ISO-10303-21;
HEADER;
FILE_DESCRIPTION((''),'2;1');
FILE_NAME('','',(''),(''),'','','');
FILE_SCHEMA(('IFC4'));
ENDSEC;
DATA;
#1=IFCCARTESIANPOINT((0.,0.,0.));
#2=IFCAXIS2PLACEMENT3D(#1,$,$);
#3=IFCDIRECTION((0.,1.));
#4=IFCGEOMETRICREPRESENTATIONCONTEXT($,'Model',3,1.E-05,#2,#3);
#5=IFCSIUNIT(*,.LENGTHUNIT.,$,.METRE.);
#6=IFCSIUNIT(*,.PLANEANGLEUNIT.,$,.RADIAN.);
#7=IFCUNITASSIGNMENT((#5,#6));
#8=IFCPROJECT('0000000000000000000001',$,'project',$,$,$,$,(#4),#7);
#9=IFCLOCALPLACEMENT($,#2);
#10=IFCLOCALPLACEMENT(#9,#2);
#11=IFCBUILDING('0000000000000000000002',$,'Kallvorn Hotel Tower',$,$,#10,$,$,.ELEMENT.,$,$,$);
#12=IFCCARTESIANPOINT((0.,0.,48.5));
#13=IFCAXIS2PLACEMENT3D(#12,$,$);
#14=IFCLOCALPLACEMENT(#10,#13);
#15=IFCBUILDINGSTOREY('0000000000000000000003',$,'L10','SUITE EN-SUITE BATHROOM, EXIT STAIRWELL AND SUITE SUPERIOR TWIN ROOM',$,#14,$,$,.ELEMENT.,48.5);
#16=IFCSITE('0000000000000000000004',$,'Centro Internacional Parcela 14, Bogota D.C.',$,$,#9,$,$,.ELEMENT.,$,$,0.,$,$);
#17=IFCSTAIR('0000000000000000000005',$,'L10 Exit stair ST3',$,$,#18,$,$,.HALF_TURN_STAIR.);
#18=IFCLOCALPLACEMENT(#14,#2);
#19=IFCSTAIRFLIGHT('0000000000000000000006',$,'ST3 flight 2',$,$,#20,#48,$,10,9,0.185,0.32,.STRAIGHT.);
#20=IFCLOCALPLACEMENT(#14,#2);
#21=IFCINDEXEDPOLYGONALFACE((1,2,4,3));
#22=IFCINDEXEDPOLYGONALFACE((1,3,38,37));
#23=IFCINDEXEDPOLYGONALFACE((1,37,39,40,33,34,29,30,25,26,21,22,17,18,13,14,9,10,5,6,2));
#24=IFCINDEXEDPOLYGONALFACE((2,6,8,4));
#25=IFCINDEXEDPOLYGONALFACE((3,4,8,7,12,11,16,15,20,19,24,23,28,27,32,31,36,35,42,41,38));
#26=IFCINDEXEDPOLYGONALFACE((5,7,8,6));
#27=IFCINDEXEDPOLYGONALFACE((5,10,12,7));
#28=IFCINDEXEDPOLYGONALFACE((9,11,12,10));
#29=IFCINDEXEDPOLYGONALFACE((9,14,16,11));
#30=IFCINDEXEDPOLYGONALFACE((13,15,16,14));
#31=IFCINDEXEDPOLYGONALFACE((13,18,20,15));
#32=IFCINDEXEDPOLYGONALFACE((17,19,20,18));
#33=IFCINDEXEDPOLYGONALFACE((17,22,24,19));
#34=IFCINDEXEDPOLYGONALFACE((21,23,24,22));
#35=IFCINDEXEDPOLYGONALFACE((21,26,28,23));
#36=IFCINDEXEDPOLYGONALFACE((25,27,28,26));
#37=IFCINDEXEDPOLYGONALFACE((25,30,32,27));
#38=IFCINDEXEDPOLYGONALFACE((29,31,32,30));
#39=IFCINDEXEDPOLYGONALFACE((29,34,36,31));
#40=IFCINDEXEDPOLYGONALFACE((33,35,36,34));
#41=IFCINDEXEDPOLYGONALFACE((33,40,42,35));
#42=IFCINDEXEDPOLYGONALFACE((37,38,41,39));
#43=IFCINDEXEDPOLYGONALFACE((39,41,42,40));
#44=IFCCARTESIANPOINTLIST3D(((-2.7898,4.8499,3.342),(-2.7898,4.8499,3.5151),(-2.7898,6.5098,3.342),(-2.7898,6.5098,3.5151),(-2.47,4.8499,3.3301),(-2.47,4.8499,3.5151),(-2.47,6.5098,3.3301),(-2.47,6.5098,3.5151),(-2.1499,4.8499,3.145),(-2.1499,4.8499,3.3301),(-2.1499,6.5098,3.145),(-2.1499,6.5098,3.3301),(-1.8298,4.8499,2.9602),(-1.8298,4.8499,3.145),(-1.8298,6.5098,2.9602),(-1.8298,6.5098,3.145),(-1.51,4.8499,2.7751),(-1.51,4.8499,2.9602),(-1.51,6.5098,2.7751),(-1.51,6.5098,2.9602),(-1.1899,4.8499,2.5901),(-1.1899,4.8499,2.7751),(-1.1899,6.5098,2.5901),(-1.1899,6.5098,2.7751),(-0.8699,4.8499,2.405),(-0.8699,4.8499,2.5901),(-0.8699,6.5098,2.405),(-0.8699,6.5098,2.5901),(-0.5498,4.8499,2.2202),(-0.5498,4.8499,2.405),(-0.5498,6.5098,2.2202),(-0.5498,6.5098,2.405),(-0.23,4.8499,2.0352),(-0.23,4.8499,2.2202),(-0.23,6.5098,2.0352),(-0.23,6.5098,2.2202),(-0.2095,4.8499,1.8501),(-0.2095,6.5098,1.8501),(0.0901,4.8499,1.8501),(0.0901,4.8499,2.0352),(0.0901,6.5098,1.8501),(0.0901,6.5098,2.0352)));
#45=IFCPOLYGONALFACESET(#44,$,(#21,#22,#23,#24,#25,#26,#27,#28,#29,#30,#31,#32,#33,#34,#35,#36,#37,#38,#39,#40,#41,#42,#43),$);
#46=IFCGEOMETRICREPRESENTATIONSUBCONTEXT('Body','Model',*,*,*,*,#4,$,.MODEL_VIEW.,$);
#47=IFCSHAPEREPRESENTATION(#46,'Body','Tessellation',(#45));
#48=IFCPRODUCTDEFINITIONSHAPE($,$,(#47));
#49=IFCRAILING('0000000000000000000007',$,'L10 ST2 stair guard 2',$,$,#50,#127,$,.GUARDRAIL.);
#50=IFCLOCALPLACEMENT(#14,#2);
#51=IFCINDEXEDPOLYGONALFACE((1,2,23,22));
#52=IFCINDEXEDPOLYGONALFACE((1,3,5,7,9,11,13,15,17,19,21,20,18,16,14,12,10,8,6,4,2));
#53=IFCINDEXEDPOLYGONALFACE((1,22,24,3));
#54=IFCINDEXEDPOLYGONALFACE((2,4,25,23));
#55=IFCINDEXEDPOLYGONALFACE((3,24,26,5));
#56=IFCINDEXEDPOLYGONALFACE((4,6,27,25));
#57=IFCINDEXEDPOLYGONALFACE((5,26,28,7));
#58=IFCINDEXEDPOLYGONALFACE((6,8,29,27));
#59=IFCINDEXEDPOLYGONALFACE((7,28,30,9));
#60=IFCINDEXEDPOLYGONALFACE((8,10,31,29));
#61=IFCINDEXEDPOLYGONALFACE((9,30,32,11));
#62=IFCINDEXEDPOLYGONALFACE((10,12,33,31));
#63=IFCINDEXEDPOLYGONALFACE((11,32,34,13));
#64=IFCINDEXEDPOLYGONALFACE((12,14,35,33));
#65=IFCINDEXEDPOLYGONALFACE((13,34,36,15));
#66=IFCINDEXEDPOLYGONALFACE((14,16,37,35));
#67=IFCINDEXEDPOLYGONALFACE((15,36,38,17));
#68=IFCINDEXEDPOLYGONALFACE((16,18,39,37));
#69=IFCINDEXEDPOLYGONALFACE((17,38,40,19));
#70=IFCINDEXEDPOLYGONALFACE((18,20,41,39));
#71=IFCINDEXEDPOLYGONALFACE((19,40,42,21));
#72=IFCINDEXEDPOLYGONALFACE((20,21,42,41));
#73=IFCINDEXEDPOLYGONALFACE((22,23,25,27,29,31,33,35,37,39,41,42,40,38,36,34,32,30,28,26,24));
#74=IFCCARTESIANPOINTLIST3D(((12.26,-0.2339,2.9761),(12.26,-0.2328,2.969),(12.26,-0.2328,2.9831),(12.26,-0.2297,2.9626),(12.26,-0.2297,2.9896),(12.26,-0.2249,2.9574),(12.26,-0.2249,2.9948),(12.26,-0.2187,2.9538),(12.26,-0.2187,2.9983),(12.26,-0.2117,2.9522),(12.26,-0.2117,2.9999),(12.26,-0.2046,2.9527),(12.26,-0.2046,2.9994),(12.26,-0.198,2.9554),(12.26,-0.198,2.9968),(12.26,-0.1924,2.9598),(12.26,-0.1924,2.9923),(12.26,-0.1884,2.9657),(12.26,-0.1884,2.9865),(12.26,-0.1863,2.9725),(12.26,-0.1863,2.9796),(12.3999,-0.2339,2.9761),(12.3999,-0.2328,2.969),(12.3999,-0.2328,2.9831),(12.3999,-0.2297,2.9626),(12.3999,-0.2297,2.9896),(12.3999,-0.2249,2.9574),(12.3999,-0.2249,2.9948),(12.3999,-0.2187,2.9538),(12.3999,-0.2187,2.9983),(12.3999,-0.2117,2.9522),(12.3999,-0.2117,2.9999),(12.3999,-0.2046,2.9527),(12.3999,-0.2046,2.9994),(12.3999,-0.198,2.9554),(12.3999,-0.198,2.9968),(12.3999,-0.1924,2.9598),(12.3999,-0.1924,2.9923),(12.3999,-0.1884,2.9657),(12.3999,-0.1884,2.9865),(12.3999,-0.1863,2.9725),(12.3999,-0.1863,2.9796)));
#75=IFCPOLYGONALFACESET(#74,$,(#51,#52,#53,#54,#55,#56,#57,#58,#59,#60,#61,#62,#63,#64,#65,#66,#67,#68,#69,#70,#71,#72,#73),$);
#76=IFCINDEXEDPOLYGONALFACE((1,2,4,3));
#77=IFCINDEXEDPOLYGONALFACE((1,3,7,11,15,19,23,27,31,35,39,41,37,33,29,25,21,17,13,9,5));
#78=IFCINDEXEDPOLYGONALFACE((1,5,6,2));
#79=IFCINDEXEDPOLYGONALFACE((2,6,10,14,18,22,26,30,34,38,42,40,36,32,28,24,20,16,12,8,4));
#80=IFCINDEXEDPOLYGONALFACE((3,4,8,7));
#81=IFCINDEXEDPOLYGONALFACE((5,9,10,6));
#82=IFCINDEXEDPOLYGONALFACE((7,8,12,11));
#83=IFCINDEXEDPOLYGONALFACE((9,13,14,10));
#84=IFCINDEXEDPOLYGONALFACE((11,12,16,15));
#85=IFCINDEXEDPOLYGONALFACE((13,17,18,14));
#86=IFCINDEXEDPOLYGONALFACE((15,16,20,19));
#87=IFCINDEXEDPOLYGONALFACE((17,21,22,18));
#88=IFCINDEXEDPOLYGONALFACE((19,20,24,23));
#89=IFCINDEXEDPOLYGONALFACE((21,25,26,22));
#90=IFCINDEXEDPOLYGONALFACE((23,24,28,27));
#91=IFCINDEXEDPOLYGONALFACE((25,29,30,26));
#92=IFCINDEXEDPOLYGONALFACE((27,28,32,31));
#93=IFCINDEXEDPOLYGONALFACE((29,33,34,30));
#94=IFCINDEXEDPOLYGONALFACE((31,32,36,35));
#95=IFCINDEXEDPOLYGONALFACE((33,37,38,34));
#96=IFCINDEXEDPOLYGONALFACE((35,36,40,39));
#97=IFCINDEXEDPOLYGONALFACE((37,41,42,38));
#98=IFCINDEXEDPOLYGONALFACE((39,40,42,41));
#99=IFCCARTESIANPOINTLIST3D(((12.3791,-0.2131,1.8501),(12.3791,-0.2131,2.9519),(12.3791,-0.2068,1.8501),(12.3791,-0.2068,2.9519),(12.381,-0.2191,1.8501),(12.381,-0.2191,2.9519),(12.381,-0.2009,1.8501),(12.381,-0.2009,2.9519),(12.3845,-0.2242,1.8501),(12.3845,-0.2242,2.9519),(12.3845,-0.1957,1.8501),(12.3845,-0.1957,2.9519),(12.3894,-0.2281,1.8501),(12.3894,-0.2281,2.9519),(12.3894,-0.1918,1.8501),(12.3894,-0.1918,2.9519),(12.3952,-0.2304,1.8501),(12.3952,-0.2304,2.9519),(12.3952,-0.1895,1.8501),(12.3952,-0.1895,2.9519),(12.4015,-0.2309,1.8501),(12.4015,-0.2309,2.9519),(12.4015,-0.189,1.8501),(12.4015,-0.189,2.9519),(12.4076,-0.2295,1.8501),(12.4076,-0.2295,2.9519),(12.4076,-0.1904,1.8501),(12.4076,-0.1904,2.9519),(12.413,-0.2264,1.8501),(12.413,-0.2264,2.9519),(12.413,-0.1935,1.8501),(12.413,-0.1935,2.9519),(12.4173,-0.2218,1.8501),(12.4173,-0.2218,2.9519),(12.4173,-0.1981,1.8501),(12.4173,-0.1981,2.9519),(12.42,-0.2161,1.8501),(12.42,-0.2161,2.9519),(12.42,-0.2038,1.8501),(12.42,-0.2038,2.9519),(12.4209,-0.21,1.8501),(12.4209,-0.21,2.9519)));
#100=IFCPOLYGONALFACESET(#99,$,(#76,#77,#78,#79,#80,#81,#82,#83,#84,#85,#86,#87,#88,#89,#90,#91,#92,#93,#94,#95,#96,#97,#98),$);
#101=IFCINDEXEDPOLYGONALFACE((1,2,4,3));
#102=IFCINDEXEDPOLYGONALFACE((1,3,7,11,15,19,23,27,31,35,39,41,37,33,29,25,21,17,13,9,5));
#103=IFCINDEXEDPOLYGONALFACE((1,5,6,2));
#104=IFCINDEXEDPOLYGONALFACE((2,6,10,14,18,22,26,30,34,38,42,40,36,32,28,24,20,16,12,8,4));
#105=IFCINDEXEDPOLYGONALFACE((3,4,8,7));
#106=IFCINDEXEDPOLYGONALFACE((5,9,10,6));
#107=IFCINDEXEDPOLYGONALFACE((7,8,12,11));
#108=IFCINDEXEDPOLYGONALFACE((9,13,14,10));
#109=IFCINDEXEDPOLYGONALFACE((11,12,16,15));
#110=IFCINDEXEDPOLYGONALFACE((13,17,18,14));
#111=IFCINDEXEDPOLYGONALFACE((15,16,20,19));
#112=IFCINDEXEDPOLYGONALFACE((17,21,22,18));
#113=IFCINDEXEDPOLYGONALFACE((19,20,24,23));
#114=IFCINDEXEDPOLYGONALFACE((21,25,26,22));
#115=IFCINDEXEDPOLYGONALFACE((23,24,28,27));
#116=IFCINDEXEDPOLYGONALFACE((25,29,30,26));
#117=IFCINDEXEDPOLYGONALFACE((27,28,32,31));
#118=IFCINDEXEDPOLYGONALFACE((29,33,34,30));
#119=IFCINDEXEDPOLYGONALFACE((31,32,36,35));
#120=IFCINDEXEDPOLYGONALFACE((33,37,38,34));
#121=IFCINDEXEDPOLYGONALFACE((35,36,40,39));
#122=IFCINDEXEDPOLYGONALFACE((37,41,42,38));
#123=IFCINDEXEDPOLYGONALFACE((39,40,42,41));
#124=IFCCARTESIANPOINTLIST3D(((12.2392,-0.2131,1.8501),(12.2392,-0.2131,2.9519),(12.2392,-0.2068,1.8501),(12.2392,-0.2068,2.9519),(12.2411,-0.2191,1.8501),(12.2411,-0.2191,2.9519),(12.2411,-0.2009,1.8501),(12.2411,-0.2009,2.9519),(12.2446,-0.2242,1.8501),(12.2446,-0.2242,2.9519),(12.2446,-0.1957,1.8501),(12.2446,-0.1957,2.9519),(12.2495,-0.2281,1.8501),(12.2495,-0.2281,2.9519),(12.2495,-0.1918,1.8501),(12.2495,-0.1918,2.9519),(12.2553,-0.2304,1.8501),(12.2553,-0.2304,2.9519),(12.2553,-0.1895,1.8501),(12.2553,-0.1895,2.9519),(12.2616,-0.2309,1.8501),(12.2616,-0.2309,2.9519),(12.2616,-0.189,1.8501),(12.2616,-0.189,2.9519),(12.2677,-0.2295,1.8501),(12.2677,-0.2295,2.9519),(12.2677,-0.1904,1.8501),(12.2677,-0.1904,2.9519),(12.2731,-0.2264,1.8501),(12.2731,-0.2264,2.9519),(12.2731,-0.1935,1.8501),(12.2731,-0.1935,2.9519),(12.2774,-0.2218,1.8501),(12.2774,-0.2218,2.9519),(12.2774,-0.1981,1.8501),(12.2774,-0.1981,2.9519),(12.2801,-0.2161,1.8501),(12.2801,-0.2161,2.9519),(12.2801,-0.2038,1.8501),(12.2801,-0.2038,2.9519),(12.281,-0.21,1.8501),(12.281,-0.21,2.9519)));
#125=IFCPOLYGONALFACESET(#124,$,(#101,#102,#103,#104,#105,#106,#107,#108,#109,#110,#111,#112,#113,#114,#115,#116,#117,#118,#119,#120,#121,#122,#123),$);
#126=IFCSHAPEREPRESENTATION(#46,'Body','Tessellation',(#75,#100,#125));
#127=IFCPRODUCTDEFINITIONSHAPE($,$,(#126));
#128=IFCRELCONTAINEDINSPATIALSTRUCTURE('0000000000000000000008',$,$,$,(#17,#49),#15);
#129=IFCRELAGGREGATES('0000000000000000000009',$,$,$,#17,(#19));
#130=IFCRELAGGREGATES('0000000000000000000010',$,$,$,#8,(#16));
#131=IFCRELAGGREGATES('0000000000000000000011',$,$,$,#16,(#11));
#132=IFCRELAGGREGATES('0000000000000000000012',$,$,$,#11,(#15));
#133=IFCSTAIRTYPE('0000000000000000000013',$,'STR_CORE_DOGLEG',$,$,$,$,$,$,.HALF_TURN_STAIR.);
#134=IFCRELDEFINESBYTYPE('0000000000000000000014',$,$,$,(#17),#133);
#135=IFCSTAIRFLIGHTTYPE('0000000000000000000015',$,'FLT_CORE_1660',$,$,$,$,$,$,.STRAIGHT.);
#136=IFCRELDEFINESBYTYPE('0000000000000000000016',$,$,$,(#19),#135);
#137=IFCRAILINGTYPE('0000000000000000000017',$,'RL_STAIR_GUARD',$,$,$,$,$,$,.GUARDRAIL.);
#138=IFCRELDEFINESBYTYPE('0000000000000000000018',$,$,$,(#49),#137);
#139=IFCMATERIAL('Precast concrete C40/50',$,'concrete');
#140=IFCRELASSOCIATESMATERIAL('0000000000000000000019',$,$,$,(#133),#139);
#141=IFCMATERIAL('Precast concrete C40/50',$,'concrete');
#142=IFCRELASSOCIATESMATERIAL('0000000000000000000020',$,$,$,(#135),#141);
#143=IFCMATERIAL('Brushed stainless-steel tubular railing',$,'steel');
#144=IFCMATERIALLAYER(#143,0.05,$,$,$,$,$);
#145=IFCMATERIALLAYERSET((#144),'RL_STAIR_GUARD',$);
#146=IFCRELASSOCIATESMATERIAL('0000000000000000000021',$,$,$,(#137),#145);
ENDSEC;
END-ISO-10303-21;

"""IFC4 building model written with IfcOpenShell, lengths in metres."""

from ifc_helpers import new_model, si_unit, direction, frame, origin, origin_2d, place, context, subcontext, project, spatial, polyline, circle, outline, extrude, material, layer, layer_set, type_object, element, aggregate, save


model = new_model("IFC4")

# Units and contexts
model_context = context("Model", 3, precision=1e-05, world=origin(), true_north=direction((0.0, 1.0)))
body_context = subcontext(model_context, "Body", "Model", "MODEL_VIEW")
ifc_project = project(units=[si_unit("LENGTHUNIT", "METRE"), si_unit("PLANEANGLEUNIT", "RADIAN")], contexts=[model_context])

# Site, building, storey
site_placement = place(None, origin())
site = spatial("IfcSite", under=ifc_project, at=site_placement, Name="Centro Internacional Parcela 14, Bogota D.C.", CompositionType="ELEMENT", RefElevation=0.0)
building_placement = place(site_placement, origin())
building = spatial("IfcBuilding", under=site, at=building_placement, Name="Kallvorn Hotel Tower", CompositionType="ELEMENT")
storey_placement = place(building_placement, frame((0.0, 0.0, 48.5)))
storey = spatial("IfcBuildingStorey", under=building, at=storey_placement, Name="L10", Description="SUITE EN-SUITE BATHROOM, EXIT STAIRWELL AND SUITE SUPERIOR TWIN ROOM", CompositionType="ELEMENT", Elevation=48.5)

# Stair
ifc_material_1 = material(Name="Precast concrete C40/50", Category="concrete")
stair_type = type_object("IfcStairType", Name="STR_CORE_DOGLEG", PredefinedType="HALF_TURN_STAIR", material=ifc_material_1)
stair_1_placement = place(storey_placement, origin())
stair_1 = element("IfcStair", 1, at=stair_1_placement, inside=storey, type_object=stair_type, Name="L10 Exit stair ST3", PredefinedType="HALF_TURN_STAIR")

# Stair flight
ifc_material_2 = material(Name="Precast concrete C40/50", Category="concrete")
stair_flight_type = type_object("IfcStairFlightType", Name="FLT_CORE_1660", PredefinedType="STRAIGHT", material=ifc_material_2)
stair_flight_1_placement = place(storey_placement, frame((0.0901, 5.6799, 1.8501), z_axis=(0.0, 0.0, 1.0), x_axis=(-1.0, 0.0, 0.0)))
stair_flight_1 = element("IfcStairFlight", 2, at=stair_flight_1_placement, type_object=stair_flight_type, Name="ST3 flight 2", NumberOfRisers=10, NumberOfTreads=9, PredefinedType="STRAIGHT", RiserHeight=0.185, TreadLength=0.32, context=body_context, shape_type="SweptSolid", body=[
    extrude(outline(polyline([(0.0, 0.0), (0.0, 0.1851), (0.3201, 0.1851), (0.3201, 0.3701), (0.6399, 0.3701), (0.6399, 0.5549), (0.96, 0.5549), (0.96, 0.74), (1.28, 0.74), (1.28, 0.925), (1.6001, 0.925), (1.6001, 1.1101), (1.9199, 1.1101), (1.9199, 1.2949), (2.24, 1.2949), (2.24, 1.48), (2.5601, 1.48), (2.5601, 1.665), (2.8799, 1.665), (2.8799, 1.8501), (2.8799, 1.4919), (0.2996, 0.0), (0.0, 0.0)])), frame((0.0, 0.8301, 0.0), z_axis=(0.0, -1.0, 0.0), x_axis=(1.0, 0.0, 0.0)), (0.0, 0.0, 1.0), 1.6599),
])
aggregate(stair_1, [stair_flight_1])

# Railing
ifc_material_3 = material(Name="Brushed stainless-steel tubular railing", Category="steel")
ifc_layer_1 = layer(ifc_material_3, 0.05)
ifc_layer_set_1 = layer_set([ifc_layer_1], Name="RL_STAIR_GUARD")
railing_type_1 = type_object("IfcRailingType", Name="RL_STAIR_GUARD", PredefinedType="GUARDRAIL", material=ifc_layer_set_1)
railing_1_placement = place(storey_placement, frame((12.3999, -0.21, 1.8501)))
element("IfcRailing", 3, at=railing_1_placement, inside=storey, type_object=railing_type_1, Name="L10 ST2 stair guard 2", PredefinedType="GUARDRAIL", context=body_context, shape_type="SweptSolid", body=[
    extrude(circle(Radius=0.0239, at=origin_2d()), frame((0.0, 0.0, 1.126), z_axis=(-1.0, 0.0, 0.0), x_axis=(0.0, -1.0, 0.0)), (0.0, 0.0, 1.0), 0.1399),
    extrude(circle(Radius=0.021, at=origin_2d()), origin(), (0.0, 0.0, 1.0), 1.1018),
    extrude(circle(Radius=0.021, at=origin_2d()), frame((-0.1399, 0.0, 0.0)), (0.0, 0.0, 1.0), 1.1018),
])

save(model, "model.ifc")
